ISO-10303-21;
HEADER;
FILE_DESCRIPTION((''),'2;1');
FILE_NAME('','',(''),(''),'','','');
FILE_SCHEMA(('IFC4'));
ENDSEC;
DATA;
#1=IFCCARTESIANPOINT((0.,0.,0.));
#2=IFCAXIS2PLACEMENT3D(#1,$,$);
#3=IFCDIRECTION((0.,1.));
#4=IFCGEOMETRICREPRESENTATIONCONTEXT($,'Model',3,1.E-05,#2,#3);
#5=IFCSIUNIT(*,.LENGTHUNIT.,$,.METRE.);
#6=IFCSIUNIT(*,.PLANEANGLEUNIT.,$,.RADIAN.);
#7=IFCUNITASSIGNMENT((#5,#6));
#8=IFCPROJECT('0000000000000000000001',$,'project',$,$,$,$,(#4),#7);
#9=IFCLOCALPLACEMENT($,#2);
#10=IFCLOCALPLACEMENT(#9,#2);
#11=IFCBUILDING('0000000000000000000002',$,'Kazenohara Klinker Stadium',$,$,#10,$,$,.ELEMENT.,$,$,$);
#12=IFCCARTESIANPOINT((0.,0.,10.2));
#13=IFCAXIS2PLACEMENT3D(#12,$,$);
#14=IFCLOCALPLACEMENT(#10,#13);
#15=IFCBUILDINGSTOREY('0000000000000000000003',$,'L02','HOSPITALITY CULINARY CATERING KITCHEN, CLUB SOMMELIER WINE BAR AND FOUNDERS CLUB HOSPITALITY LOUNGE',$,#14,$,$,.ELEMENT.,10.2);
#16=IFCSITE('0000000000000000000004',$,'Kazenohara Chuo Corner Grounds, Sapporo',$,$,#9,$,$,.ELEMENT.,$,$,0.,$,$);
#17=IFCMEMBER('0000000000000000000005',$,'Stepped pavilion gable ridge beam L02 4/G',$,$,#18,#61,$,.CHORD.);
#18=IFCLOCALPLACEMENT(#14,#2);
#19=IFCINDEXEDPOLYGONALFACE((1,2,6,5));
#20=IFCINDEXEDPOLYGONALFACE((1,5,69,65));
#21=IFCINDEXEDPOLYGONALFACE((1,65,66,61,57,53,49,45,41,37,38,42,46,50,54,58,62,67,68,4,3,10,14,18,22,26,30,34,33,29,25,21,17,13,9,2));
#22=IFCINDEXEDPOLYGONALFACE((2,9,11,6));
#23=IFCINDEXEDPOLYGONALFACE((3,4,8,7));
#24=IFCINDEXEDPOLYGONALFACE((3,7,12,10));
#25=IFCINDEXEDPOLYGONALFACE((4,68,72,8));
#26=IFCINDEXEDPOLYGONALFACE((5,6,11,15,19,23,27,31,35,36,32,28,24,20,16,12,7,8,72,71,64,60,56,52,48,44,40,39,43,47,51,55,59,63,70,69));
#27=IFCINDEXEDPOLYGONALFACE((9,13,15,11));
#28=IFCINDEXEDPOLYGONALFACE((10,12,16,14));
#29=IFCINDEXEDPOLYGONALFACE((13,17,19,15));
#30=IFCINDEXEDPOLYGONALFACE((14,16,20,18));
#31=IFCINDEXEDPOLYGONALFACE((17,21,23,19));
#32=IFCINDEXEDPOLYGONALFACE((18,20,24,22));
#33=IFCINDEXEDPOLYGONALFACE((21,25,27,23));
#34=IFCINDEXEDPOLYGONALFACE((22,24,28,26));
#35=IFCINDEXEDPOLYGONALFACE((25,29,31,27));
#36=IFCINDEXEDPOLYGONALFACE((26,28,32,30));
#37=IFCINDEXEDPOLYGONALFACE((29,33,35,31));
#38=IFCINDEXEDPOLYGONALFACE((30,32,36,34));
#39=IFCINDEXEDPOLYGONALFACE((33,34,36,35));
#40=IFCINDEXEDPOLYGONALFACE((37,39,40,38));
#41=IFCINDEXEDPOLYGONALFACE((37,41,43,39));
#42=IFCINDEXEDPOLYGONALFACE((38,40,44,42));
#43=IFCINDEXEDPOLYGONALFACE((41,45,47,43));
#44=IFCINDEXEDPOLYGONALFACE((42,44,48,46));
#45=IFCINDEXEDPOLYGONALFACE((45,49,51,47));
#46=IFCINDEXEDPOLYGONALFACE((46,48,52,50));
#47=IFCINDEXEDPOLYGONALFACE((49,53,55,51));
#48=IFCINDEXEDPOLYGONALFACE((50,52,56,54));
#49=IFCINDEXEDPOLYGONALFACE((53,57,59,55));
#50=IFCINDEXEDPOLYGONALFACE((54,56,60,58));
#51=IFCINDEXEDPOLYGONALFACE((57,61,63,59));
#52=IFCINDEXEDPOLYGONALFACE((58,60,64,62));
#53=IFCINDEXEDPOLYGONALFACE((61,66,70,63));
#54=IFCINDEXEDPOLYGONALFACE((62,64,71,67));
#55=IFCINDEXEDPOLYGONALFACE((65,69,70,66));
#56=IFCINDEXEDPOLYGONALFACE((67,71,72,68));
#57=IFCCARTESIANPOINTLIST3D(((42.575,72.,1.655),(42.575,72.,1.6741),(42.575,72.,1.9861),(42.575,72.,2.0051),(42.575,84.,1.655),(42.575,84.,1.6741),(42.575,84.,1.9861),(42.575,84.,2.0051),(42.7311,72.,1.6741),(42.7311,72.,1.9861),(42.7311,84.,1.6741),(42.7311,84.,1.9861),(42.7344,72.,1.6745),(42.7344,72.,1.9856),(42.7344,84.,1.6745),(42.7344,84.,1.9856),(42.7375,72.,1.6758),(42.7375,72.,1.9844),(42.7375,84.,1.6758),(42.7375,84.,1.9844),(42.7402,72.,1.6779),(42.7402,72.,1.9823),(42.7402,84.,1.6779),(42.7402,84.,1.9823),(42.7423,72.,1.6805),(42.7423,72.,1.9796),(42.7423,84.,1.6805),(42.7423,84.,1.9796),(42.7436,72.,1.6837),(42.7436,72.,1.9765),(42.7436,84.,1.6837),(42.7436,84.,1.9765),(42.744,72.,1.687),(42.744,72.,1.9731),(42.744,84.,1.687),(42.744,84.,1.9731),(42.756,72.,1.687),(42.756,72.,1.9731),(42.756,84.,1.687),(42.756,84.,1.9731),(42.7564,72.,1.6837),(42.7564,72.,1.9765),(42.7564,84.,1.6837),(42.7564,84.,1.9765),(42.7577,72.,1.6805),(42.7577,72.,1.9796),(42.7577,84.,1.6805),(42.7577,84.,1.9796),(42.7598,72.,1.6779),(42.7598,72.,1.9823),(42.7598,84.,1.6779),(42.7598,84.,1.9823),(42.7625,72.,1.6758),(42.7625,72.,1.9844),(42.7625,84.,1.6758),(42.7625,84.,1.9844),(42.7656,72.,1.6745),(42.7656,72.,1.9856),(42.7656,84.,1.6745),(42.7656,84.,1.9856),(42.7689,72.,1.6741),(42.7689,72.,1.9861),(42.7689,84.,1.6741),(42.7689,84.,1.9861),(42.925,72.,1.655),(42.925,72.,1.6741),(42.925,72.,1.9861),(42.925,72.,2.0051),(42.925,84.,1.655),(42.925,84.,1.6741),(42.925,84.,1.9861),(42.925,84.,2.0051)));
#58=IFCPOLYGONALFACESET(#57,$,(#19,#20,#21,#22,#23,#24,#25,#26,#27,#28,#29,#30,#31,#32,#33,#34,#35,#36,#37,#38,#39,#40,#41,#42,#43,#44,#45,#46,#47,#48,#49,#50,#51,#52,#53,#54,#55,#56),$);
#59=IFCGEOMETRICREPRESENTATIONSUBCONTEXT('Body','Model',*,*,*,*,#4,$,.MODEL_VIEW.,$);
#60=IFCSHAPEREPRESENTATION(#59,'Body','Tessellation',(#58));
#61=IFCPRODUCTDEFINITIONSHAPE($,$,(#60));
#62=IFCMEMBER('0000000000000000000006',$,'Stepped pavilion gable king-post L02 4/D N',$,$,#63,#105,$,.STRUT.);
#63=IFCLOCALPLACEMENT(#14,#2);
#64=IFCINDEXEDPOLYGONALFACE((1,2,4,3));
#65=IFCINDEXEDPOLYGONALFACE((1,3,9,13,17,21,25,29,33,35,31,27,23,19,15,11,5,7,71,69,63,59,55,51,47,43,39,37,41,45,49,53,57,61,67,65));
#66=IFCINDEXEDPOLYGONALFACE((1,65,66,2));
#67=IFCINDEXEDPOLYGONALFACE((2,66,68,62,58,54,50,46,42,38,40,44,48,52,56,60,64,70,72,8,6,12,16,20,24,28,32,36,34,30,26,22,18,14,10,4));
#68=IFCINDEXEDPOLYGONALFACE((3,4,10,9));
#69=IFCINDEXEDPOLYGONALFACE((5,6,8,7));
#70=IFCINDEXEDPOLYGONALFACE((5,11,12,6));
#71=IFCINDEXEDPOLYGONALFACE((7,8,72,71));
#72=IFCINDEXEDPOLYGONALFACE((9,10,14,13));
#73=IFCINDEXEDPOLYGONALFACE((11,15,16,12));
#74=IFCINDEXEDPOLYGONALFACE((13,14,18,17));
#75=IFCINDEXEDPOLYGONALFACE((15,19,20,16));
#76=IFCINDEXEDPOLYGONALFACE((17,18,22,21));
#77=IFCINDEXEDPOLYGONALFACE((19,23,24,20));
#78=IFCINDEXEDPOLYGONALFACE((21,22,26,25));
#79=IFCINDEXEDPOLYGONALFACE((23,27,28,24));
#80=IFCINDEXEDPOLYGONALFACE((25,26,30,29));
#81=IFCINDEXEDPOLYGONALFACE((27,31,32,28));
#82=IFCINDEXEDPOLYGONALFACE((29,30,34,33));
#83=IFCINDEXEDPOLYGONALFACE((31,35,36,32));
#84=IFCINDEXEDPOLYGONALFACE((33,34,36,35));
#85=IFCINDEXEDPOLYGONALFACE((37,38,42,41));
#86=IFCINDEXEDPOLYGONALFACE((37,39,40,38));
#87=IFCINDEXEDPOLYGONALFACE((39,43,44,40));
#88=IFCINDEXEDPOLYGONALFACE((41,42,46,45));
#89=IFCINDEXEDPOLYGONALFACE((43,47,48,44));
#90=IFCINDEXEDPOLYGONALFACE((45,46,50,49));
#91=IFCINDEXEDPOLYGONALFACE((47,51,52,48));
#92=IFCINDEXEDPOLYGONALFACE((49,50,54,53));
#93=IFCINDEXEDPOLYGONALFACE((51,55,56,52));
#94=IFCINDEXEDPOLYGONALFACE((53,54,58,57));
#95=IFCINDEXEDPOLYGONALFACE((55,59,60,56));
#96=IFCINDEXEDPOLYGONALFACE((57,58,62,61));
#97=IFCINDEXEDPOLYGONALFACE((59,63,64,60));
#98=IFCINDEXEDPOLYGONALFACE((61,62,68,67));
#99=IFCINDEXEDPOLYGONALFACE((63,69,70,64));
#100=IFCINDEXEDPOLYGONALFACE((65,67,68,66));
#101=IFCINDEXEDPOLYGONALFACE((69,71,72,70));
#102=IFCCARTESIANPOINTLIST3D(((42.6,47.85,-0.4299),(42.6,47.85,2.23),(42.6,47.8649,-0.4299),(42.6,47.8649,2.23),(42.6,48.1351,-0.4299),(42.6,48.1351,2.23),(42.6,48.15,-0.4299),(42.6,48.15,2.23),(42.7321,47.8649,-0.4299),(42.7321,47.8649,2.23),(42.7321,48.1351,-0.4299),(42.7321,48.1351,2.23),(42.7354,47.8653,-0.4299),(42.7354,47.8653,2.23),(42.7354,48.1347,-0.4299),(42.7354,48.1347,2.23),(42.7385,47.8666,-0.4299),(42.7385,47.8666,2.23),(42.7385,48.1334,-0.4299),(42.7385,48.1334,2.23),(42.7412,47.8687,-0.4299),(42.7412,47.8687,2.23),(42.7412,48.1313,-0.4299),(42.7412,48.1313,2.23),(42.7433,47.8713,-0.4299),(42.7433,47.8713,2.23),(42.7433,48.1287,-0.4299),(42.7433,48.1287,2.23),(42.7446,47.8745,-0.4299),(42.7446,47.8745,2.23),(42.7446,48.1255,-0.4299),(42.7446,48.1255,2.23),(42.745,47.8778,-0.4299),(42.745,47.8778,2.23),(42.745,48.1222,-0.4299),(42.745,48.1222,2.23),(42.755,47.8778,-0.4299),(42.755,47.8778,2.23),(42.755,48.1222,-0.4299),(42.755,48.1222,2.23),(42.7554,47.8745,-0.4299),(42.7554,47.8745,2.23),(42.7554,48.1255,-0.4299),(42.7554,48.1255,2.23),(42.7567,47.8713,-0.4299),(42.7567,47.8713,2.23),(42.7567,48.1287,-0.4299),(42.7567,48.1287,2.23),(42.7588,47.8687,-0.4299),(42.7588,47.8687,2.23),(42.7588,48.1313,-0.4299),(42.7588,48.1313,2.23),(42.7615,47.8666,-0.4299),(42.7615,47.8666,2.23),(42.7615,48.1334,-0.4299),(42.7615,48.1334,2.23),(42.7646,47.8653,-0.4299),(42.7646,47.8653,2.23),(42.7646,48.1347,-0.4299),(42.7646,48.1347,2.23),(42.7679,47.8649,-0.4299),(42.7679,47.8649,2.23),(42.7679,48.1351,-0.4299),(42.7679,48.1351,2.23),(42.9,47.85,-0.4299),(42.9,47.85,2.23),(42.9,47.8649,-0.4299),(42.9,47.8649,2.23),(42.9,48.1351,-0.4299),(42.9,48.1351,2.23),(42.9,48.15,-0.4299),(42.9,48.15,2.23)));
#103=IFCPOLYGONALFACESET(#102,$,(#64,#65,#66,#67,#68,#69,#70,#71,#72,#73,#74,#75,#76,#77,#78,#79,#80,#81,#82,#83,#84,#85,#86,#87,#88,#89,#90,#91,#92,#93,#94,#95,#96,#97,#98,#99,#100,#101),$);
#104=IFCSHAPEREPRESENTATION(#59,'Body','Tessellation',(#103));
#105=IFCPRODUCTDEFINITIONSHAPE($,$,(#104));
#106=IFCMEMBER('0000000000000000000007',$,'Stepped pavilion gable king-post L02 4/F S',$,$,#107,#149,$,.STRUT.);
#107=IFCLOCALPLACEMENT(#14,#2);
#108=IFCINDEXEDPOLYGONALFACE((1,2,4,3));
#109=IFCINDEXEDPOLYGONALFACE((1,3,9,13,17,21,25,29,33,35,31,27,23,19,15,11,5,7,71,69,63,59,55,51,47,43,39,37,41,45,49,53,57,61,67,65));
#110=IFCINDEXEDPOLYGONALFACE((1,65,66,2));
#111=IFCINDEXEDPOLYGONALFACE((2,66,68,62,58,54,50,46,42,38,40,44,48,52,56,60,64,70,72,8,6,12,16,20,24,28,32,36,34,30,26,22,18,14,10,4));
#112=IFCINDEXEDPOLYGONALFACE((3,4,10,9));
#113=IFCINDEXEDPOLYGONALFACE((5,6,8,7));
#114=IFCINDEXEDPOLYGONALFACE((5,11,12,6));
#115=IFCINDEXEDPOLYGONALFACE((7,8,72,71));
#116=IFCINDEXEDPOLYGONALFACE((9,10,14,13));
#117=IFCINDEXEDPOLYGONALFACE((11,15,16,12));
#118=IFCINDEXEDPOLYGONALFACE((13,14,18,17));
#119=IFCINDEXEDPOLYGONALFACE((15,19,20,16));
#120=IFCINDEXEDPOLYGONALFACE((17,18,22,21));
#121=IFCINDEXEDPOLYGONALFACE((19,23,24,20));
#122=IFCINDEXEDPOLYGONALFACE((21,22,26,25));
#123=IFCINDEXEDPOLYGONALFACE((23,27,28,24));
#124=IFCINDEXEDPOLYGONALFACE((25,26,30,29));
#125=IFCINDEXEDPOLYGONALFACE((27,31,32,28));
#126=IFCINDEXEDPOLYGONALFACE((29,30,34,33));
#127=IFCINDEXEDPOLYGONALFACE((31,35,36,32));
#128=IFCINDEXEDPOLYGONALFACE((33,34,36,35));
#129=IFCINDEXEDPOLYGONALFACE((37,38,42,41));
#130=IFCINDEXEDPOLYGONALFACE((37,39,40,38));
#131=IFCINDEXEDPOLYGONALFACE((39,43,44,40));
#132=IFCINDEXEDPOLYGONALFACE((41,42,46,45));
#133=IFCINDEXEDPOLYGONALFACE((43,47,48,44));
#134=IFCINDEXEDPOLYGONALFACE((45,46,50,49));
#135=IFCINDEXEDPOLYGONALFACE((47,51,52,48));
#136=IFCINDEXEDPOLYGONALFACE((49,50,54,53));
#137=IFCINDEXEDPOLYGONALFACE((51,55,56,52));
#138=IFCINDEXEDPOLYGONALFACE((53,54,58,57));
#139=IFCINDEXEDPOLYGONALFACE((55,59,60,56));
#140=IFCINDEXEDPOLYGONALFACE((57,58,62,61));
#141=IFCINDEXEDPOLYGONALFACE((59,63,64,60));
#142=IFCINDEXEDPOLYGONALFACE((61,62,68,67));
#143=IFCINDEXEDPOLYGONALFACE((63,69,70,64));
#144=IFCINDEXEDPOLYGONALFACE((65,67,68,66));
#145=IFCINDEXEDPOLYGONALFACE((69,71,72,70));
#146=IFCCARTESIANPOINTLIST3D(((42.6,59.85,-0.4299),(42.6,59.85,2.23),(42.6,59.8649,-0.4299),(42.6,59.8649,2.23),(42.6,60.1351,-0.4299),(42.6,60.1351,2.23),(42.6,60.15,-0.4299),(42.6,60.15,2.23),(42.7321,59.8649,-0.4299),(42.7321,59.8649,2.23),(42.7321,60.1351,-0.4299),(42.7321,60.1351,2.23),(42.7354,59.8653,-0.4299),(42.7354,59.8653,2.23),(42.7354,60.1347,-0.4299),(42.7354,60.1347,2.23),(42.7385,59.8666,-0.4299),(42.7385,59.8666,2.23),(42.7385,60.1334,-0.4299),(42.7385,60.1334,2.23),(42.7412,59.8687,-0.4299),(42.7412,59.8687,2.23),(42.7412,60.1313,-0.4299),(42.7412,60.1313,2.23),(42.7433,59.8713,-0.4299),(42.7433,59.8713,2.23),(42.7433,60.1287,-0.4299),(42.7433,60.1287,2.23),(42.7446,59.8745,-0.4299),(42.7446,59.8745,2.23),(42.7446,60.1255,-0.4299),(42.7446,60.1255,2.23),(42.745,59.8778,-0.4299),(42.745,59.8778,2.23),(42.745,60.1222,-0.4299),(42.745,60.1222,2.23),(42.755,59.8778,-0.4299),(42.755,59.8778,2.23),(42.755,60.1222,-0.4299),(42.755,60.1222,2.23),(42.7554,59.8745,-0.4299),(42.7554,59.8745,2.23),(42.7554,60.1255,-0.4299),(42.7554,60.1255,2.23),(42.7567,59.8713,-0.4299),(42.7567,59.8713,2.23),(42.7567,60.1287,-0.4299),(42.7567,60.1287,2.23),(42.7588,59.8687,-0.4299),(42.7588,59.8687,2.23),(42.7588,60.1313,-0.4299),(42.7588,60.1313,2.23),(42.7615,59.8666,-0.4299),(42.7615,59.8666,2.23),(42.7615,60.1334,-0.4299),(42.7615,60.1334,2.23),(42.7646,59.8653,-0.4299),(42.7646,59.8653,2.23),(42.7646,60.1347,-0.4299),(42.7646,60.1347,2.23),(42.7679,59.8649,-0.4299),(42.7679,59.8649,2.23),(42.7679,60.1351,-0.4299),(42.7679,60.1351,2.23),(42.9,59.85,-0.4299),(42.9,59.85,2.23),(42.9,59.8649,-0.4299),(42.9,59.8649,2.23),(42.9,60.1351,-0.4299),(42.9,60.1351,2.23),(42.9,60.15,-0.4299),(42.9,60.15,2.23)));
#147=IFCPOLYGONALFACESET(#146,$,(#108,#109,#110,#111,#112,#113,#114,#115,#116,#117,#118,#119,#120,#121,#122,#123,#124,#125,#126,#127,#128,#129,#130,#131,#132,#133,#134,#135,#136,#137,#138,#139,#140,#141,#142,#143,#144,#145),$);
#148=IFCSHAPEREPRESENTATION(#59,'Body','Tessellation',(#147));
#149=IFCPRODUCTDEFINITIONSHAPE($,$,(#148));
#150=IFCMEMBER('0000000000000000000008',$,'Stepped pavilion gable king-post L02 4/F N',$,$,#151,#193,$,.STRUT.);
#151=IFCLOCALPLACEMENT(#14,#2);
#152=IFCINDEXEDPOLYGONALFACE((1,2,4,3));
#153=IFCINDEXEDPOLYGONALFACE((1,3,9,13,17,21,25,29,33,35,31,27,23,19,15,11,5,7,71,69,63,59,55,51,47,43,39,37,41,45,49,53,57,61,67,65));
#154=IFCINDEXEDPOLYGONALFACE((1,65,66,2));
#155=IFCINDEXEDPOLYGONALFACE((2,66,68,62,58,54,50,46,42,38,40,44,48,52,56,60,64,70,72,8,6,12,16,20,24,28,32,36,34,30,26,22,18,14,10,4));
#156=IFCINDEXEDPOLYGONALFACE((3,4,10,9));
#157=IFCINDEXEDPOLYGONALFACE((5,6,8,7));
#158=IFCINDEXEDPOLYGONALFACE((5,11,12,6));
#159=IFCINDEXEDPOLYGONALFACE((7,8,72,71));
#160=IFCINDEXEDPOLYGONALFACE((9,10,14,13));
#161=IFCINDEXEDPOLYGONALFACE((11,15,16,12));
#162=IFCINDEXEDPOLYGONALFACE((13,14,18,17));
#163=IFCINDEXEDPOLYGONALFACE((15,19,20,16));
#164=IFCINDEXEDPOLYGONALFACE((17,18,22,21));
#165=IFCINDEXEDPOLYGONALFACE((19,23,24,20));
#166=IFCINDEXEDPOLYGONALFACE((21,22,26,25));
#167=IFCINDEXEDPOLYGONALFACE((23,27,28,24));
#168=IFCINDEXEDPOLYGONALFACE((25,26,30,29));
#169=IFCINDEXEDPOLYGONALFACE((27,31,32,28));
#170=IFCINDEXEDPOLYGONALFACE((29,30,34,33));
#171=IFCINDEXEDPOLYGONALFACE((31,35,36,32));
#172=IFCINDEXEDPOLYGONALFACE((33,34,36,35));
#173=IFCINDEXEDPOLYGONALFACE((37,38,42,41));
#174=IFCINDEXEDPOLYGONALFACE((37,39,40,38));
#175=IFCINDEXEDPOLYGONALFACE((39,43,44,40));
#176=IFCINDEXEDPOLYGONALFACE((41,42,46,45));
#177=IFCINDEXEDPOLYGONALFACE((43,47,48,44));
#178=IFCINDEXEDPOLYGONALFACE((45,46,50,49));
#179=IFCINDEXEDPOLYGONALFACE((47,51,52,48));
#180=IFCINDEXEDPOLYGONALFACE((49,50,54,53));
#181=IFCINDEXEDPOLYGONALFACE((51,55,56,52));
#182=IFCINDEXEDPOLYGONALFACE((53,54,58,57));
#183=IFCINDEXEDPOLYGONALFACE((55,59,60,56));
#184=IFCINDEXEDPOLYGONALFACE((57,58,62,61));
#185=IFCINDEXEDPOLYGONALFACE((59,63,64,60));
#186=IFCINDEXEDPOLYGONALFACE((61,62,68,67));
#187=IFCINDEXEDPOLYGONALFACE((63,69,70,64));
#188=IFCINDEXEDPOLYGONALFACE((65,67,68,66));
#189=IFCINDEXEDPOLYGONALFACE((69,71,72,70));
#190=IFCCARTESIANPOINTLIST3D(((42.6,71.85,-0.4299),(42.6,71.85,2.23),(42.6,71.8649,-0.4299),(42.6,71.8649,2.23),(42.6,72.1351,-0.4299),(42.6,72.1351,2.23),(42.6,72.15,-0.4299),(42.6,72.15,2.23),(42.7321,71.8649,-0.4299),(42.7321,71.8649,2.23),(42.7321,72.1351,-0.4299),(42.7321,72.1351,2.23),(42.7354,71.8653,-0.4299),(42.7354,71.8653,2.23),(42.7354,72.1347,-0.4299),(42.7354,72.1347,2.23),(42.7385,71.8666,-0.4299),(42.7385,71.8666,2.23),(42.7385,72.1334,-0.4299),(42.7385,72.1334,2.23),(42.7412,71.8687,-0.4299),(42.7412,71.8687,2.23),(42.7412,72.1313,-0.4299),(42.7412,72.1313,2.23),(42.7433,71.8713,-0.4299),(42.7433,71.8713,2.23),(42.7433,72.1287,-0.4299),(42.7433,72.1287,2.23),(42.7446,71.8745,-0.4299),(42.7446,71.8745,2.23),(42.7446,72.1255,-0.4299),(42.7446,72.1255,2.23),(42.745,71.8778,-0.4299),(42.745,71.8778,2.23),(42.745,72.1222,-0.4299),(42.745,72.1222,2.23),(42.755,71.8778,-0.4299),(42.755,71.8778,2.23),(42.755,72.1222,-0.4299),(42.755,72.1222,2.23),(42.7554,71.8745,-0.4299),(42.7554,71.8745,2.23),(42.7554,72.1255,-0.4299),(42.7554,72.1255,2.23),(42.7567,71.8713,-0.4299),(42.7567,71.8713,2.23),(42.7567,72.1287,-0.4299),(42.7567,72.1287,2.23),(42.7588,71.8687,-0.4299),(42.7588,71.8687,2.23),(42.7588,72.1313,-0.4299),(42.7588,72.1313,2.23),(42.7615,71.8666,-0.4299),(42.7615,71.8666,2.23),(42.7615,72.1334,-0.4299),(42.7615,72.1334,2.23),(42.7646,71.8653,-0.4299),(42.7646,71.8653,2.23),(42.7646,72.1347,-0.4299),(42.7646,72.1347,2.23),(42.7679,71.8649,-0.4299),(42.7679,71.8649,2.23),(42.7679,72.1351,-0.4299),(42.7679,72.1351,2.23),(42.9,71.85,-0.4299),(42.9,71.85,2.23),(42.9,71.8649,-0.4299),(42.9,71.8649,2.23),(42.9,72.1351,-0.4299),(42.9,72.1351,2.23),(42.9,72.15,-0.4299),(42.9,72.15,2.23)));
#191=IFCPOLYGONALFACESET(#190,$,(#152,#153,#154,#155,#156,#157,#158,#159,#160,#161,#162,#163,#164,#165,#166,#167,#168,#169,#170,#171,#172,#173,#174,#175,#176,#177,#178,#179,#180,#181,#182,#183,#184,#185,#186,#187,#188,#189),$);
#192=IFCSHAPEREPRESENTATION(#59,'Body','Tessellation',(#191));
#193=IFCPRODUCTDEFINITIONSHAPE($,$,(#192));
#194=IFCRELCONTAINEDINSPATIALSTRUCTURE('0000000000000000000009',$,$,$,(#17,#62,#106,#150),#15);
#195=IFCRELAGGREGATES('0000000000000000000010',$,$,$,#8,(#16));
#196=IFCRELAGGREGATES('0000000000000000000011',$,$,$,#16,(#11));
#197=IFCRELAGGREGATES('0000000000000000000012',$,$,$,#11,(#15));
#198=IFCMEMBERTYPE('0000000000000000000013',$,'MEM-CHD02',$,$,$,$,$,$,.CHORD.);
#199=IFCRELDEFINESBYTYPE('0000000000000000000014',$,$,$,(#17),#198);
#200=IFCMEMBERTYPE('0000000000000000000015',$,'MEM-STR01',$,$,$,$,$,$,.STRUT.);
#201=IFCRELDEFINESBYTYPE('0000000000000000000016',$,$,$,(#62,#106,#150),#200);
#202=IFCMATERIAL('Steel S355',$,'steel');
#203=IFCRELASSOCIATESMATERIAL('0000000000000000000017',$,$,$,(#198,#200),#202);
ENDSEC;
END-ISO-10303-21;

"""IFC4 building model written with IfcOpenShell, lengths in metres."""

from ifc_helpers import new_model, si_unit, direction, frame, origin, origin_2d, place, context, subcontext, project, spatial, i_section, extrude, material, material_profile, profile_set, type_object, element, save


model = new_model("IFC4")

# Units and contexts
model_context = context("Model", 3, precision=1e-05, world=origin(), true_north=direction((0.0, 1.0)))
body_context = subcontext(model_context, "Body", "Model", "MODEL_VIEW")
ifc_project = project(units=[si_unit("LENGTHUNIT", "METRE"), si_unit("PLANEANGLEUNIT", "RADIAN")], contexts=[model_context])

# Site, building, storey
site_placement = place(None, origin())
site = spatial("IfcSite", under=ifc_project, at=site_placement, Name="Kazenohara Chuo Corner Grounds, Sapporo", CompositionType="ELEMENT", RefElevation=0.0)
building_placement = place(site_placement, origin())
building = spatial("IfcBuilding", under=site, at=building_placement, Name="Kazenohara Klinker Stadium", CompositionType="ELEMENT")
storey_placement = place(building_placement, frame((0.0, 0.0, 10.2)))
storey = spatial("IfcBuildingStorey", under=building, at=storey_placement, Name="L02", Description="HOSPITALITY CULINARY CATERING KITCHEN, CLUB SOMMELIER WINE BAR AND FOUNDERS CLUB HOSPITALITY LOUNGE", CompositionType="ELEMENT", Elevation=10.2)

# Shared definitions
ifc_material_1 = material(Name="Steel S355", Category="steel")

# Members
ifc_material_profile_1 = material_profile(ifc_material_1, i_section(OverallWidth=0.3501, OverallDepth=0.3501, WebThickness=0.012, FlangeThickness=0.019, FilletRadius=0.0129, at=origin_2d()), Name="H-350x350x12x19")
ifc_profile_set_1 = profile_set([ifc_material_profile_1], Name="Steel S355")
member_type_1 = type_object("IfcMemberType", Name="MEM-CHD02", PredefinedType="CHORD", material=ifc_profile_set_1)
for number, where, z_axis, x_axis, name in (
    (1, (42.75, 72.0, 1.8301), (0.0, 1.0, 0.0), (-1.0, 0.0, 0.0), "Stepped pavilion gable ridge beam L02 4/G"),
):
    element("IfcMember", number, at=place(storey_placement, frame(where, z_axis=z_axis, x_axis=x_axis)), inside=storey, type_object=member_type_1, Name=name, PredefinedType="CHORD", context=body_context, shape_type="SweptSolid", body=[
        extrude(i_section(OverallWidth=0.3501, OverallDepth=0.3501, WebThickness=0.012, FlangeThickness=0.019, FilletRadius=0.0129, at=origin_2d()), origin(), (0.0, 0.0, 1.0), 12.0),
    ])
ifc_material_profile_2 = material_profile(ifc_material_1, i_section(OverallWidth=0.3, OverallDepth=0.3, WebThickness=0.01, FlangeThickness=0.0149, FilletRadius=0.0129, at=origin_2d()), Name="H-300x300x10x15")
ifc_profile_set_2 = profile_set([ifc_material_profile_2], Name="Steel S355")
member_type_2 = type_object("IfcMemberType", Name="MEM-STR01", PredefinedType="STRUT", material=ifc_profile_set_2)
for number, where, z_axis, x_axis, name in (
    (2, (42.75, 48.0, -0.4299), (0.0, 0.0, 1.0), (1.0, 0.0, 0.0), "Stepped pavilion gable king-post L02 4/D N"),
    (3, (42.75, 60.0, -0.4299), (0.0, 0.0, 1.0), (1.0, 0.0, 0.0), "Stepped pavilion gable king-post L02 4/F S"),
    (4, (42.75, 72.0, -0.4299), (0.0, 0.0, 1.0), (1.0, 0.0, 0.0), "Stepped pavilion gable king-post L02 4/F N"),
):
    element("IfcMember", number, at=place(storey_placement, frame(where, z_axis=z_axis, x_axis=x_axis)), inside=storey, type_object=member_type_2, Name=name, PredefinedType="STRUT", context=body_context, shape_type="SweptSolid", body=[
        extrude(i_section(OverallWidth=0.3, OverallDepth=0.3, WebThickness=0.01, FlangeThickness=0.0149, FilletRadius=0.0129, at=origin_2d()), origin(), (0.0, 0.0, 1.0), 2.6599),
    ])

save(model, "model.ifc")
